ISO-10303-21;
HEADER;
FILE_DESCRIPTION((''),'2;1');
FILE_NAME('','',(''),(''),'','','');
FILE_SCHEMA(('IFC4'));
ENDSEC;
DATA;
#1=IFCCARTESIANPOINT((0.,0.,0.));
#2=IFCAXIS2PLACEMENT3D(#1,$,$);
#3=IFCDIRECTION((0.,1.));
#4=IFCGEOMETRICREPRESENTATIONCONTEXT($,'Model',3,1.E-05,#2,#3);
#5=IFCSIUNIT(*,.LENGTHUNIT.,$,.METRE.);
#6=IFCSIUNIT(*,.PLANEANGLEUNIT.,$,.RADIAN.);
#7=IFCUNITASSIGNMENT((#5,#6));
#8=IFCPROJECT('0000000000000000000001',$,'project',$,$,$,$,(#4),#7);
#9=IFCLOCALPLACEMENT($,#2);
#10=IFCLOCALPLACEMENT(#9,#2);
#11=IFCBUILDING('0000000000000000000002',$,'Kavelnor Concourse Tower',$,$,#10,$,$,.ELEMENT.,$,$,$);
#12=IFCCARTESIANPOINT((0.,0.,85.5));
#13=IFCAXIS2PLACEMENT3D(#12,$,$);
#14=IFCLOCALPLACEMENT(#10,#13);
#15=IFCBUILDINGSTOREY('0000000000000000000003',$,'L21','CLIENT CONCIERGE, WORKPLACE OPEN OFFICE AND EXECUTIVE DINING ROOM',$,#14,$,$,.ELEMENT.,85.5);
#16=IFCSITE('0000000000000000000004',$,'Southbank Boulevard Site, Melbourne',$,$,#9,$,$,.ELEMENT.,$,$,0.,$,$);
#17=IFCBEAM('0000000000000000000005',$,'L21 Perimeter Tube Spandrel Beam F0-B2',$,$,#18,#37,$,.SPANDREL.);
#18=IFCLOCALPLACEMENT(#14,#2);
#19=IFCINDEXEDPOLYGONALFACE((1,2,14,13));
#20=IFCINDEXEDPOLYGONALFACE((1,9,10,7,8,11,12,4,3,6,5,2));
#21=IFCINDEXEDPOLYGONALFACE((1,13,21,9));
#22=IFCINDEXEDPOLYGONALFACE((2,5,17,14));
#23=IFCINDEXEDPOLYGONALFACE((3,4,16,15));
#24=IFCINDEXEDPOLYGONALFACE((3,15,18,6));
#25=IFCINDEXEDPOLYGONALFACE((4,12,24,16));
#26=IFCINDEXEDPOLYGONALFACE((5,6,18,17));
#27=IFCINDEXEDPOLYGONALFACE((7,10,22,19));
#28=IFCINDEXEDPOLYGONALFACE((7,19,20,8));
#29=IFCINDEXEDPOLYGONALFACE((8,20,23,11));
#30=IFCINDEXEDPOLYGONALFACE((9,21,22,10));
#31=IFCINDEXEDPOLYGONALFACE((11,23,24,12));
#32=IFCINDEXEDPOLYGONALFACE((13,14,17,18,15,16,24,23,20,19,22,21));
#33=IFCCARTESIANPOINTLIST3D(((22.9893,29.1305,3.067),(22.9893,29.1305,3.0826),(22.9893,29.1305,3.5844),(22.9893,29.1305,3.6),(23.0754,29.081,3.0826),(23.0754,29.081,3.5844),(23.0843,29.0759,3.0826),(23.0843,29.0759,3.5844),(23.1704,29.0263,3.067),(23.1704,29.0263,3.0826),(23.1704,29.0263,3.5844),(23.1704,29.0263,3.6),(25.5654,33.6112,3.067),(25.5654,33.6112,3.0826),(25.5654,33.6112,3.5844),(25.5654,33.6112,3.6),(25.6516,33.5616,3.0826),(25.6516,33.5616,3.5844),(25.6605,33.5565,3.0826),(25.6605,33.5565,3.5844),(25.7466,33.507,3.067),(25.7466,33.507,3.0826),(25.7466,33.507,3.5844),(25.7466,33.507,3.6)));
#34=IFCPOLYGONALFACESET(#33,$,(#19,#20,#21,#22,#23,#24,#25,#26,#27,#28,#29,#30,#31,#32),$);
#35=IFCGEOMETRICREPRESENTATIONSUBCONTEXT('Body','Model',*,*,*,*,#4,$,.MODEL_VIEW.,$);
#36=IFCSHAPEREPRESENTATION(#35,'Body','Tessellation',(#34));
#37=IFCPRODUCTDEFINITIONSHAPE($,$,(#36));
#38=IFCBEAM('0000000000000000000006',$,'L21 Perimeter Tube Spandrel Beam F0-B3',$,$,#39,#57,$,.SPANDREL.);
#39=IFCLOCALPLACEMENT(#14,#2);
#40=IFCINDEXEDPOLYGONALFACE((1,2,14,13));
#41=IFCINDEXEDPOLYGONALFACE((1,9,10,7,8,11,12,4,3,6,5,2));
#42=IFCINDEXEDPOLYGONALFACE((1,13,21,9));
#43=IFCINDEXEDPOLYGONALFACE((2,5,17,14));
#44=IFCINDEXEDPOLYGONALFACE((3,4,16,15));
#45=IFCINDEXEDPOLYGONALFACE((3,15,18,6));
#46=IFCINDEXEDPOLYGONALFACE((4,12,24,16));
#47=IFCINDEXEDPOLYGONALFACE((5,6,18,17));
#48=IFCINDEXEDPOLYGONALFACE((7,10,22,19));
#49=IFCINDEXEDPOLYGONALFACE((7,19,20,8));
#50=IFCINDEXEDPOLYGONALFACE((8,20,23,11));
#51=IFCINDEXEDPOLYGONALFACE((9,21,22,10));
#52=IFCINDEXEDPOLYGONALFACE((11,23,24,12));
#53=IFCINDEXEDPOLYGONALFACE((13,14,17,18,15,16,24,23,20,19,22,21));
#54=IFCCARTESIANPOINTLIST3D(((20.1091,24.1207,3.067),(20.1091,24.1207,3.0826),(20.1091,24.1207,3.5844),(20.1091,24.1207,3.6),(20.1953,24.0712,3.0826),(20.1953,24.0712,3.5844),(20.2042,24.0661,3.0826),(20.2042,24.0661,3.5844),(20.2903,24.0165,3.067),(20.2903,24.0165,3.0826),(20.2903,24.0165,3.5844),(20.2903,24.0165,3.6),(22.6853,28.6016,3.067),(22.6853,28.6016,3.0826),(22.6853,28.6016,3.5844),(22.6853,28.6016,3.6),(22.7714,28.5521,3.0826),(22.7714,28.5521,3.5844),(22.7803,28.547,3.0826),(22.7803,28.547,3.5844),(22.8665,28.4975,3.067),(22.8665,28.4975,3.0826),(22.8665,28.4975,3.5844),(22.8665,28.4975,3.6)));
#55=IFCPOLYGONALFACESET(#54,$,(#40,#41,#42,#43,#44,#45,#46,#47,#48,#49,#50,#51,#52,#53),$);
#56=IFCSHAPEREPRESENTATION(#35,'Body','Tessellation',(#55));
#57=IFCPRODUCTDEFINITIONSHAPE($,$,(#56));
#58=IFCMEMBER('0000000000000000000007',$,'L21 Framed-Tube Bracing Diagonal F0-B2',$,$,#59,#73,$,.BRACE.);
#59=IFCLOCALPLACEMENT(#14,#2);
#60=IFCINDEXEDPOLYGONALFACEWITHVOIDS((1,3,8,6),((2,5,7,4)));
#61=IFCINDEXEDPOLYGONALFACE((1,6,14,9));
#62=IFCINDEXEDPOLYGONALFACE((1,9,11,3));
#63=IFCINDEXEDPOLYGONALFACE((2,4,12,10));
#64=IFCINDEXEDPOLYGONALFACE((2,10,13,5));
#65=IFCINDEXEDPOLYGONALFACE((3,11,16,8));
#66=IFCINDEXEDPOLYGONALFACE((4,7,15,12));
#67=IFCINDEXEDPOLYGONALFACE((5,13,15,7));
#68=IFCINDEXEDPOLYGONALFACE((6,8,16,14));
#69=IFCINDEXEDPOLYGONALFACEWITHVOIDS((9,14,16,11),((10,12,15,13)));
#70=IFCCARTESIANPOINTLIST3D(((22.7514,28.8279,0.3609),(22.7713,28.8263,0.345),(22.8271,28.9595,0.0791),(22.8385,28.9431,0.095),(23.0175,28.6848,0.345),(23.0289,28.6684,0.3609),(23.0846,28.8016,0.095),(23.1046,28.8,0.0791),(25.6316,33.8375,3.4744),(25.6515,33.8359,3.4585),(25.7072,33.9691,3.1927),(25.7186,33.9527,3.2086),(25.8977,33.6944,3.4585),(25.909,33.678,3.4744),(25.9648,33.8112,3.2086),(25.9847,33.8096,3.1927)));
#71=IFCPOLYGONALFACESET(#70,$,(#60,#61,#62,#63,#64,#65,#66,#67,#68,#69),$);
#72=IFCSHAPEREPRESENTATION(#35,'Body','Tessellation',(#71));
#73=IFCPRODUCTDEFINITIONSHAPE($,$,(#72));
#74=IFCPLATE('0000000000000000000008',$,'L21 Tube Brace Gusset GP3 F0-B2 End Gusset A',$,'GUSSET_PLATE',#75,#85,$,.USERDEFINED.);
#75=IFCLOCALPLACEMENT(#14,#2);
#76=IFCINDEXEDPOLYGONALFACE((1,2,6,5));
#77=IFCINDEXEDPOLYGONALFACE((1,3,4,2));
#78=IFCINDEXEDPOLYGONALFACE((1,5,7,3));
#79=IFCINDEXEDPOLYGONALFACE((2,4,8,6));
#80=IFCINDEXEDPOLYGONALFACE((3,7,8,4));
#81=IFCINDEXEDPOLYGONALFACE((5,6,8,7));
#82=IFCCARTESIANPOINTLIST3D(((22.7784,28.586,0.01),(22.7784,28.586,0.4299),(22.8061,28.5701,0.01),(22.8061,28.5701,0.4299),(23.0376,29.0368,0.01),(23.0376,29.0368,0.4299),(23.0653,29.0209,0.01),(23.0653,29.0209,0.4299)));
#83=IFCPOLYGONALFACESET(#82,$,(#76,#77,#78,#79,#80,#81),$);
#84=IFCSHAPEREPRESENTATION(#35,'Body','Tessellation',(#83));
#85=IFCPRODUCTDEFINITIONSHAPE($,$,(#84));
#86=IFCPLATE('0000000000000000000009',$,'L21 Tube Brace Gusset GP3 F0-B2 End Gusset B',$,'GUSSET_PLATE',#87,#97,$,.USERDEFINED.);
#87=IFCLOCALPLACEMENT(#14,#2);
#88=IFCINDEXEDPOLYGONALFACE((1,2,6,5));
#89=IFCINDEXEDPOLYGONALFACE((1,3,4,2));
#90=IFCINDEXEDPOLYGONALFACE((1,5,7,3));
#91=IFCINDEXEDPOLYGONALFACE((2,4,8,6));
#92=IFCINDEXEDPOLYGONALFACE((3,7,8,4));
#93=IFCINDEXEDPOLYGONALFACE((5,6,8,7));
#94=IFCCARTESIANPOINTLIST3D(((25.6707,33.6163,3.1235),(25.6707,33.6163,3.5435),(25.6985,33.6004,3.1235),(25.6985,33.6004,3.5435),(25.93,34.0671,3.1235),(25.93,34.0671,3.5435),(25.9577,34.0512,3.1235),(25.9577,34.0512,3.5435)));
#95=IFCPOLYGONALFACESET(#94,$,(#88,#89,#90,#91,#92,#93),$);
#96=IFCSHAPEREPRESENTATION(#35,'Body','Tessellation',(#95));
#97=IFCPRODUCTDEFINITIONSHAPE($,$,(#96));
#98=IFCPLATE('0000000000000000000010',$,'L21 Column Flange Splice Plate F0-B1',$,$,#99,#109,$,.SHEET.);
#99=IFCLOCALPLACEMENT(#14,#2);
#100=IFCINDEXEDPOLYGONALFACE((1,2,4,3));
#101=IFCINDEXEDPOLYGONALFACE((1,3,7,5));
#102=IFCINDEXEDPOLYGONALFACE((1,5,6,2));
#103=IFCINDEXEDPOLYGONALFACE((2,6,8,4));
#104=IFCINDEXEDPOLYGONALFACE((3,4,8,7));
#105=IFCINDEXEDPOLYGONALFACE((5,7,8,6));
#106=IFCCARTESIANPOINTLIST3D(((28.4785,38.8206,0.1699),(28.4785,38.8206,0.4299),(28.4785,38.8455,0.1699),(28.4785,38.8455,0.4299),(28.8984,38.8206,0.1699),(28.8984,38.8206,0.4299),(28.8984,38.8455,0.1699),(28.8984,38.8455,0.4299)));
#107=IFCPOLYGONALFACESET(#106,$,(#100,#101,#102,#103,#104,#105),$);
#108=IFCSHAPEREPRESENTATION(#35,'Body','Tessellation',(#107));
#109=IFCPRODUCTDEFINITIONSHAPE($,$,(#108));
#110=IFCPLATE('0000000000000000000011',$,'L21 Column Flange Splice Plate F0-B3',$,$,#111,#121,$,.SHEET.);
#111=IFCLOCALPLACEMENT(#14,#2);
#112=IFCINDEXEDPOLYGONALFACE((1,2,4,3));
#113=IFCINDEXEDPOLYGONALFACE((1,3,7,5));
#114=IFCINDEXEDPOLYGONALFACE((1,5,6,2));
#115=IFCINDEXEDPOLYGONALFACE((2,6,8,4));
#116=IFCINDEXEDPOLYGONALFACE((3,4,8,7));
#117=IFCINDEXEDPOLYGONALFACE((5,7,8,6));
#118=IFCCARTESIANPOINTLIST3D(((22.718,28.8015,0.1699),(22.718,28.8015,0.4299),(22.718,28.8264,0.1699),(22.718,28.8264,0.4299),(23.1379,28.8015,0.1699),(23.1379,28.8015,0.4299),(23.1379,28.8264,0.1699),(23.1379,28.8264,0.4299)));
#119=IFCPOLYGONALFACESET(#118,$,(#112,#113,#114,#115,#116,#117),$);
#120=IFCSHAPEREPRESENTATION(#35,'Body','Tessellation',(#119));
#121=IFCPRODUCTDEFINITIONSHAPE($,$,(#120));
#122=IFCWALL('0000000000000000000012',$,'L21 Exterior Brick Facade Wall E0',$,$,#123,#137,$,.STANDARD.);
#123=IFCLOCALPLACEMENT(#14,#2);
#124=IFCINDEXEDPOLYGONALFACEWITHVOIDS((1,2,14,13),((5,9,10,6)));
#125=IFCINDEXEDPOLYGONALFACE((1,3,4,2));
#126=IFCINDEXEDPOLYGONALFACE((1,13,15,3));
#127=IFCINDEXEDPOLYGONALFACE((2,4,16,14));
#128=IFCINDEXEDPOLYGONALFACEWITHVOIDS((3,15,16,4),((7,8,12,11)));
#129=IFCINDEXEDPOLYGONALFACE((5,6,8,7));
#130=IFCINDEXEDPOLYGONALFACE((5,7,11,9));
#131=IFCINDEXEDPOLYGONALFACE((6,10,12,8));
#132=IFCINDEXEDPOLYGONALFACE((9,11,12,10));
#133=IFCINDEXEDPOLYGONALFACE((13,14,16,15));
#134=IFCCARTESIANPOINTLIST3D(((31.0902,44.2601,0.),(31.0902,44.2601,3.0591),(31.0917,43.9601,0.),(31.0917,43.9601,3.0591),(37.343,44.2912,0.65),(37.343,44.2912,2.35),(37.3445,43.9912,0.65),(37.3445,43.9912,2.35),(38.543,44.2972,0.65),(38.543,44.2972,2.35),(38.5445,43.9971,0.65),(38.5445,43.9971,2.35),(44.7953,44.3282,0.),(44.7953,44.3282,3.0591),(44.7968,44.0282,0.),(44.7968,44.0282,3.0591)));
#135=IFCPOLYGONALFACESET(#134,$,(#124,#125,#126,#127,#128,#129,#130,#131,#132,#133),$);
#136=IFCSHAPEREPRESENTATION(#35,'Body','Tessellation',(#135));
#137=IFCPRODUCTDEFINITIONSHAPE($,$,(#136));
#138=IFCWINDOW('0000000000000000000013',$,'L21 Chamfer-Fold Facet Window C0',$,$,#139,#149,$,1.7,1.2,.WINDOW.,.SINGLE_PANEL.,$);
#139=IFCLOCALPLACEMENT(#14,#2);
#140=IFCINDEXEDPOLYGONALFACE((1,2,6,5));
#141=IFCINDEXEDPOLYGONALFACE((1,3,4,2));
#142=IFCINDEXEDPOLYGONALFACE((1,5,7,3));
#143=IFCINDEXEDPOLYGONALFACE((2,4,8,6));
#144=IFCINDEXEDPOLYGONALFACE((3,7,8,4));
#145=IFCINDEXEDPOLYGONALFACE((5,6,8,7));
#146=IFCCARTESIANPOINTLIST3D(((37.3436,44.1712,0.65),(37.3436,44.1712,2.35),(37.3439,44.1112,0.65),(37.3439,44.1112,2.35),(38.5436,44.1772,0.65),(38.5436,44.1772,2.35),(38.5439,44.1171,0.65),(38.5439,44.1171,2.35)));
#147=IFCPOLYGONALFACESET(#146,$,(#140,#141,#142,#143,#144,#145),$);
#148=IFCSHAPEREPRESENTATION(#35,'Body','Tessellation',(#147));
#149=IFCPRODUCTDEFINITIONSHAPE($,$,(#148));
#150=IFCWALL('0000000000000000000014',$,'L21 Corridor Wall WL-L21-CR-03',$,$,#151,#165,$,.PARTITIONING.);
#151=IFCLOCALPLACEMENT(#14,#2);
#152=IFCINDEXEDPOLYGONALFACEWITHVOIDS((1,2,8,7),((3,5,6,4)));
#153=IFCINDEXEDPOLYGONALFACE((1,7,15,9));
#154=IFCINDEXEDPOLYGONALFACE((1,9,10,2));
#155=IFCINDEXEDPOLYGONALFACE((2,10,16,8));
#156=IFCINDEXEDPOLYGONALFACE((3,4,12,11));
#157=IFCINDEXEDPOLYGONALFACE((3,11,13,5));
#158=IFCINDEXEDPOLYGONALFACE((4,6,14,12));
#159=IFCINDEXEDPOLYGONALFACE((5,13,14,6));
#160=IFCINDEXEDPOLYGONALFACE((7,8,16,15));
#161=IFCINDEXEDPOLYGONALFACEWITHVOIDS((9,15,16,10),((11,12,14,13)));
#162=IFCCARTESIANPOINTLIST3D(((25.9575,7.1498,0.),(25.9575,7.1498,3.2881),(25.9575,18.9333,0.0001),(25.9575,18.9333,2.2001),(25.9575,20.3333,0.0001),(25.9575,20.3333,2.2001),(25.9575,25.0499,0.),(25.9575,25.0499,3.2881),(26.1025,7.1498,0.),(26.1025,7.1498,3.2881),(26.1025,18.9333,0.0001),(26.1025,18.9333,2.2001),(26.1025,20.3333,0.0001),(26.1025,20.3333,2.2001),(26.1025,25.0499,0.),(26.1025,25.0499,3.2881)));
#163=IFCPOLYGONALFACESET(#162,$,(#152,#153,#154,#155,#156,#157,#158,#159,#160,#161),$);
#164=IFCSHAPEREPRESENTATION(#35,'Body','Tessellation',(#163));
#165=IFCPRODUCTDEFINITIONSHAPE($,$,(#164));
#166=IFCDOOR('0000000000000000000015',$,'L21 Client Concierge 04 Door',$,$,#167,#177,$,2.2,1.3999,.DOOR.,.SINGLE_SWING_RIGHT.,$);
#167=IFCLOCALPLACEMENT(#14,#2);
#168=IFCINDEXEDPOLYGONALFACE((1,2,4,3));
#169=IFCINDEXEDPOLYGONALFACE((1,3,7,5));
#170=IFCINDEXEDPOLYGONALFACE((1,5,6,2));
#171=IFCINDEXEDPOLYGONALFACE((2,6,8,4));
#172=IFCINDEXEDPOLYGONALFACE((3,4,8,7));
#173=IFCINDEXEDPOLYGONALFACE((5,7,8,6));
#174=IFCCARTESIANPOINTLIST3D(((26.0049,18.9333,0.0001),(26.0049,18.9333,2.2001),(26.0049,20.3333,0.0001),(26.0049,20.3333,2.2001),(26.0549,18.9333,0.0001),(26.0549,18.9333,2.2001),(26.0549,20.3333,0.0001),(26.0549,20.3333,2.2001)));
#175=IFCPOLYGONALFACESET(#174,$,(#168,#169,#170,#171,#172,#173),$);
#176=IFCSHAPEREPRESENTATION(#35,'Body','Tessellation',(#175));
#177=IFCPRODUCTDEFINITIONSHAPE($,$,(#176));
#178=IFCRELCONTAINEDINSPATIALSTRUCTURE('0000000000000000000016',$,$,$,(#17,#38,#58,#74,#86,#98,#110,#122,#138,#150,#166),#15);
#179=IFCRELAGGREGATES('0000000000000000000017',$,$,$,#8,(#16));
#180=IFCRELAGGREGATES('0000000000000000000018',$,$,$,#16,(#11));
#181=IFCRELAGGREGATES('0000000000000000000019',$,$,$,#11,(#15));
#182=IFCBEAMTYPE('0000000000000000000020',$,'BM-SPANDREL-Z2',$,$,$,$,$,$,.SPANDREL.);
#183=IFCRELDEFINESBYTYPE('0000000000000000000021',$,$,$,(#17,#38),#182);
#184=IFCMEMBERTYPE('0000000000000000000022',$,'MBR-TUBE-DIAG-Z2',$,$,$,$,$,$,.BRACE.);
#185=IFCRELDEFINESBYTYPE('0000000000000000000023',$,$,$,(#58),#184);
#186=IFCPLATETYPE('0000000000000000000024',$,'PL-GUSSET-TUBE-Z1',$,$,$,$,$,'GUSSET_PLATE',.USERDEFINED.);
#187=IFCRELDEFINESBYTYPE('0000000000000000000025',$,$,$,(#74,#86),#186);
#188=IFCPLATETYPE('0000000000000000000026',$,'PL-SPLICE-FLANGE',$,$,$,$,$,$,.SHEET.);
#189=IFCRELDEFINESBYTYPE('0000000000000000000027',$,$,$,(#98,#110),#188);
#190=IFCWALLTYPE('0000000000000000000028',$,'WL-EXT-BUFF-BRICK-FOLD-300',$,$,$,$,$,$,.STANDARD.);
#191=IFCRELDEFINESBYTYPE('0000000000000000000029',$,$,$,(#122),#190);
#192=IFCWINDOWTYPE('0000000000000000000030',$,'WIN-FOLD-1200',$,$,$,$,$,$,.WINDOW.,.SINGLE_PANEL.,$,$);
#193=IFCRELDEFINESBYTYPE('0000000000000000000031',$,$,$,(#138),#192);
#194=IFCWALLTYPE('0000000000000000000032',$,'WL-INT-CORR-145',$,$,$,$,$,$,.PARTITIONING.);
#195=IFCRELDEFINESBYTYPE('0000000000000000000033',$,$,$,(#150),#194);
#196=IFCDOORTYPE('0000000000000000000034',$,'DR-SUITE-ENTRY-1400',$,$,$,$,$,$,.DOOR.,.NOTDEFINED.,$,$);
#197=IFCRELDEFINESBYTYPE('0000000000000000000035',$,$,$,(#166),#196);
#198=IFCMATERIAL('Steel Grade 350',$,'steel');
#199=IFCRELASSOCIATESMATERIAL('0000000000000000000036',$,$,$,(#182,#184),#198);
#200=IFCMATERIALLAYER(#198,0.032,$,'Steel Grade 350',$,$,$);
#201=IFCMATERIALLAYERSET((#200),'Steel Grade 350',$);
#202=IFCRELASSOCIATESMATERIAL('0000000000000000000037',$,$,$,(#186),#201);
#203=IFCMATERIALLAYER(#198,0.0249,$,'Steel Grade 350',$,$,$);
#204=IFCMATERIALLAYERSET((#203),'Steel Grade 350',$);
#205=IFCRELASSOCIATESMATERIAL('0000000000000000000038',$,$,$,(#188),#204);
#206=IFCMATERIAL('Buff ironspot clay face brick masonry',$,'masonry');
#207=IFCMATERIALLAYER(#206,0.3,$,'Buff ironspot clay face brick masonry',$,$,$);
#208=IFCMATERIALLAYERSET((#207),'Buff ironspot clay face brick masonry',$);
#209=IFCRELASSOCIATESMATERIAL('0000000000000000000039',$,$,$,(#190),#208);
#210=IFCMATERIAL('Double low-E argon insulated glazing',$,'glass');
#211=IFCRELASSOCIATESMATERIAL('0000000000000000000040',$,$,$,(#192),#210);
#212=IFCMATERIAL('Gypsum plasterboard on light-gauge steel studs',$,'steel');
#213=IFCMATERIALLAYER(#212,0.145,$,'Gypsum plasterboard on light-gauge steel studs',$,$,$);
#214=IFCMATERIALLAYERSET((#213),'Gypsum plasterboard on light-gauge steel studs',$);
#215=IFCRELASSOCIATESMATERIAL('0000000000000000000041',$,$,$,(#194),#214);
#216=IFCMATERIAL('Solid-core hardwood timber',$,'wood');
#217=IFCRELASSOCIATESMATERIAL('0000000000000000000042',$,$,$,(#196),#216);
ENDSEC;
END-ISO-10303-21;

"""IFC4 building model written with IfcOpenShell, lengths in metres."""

from ifc_helpers import new_model, si_unit, direction, frame, frame_2d, origin, origin_2d, place, context, subcontext, project, spatial, rectangle, hollow_rectangle, i_section, extrude, material, layer, layer_set, material_profile, profile_set, type_object, element, fill, save


model = new_model("IFC4")

# Units and contexts
model_context = context("Model", 3, precision=1e-05, world=origin(), true_north=direction((0.0, 1.0)))
body_context = subcontext(model_context, "Body", "Model", "MODEL_VIEW")
ifc_project = project(units=[si_unit("LENGTHUNIT", "METRE"), si_unit("PLANEANGLEUNIT", "RADIAN")], contexts=[model_context])

# Site, building, storey
site_placement = place(None, origin())
site = spatial("IfcSite", under=ifc_project, at=site_placement, Name="Southbank Boulevard Site, Melbourne", CompositionType="ELEMENT", RefElevation=0.0)
building_placement = place(site_placement, origin())
building = spatial("IfcBuilding", under=site, at=building_placement, Name="Kavelnor Concourse Tower", CompositionType="ELEMENT")
storey_placement = place(building_placement, frame((0.0, 0.0, 85.5)))
storey = spatial("IfcBuildingStorey", under=building, at=storey_placement, Name="L21", Description="CLIENT CONCIERGE, WORKPLACE OPEN OFFICE AND EXECUTIVE DINING ROOM", CompositionType="ELEMENT", Elevation=85.5)

# Shared definitions
ifc_material_1 = material(Name="Steel Grade 350", Category="steel")

# Beams
ifc_material_profile_1 = material_profile(ifc_material_1, i_section(OverallWidth=0.209, OverallDepth=0.533, WebThickness=0.0103, FlangeThickness=0.0156, at=origin_2d()), Name="530UB92")
ifc_profile_set_1 = profile_set([ifc_material_profile_1], Name="Steel Grade 350")
beam_type_1 = type_object("IfcBeamType", Name="BM-SPANDREL-Z2", PredefinedType="SPANDREL", material=ifc_profile_set_1)
for number, where, z_axis, x_axis, name in (
    (1, (25.656, 33.5591, 3.3335), (-0.498437, -0.866926, 0.0), (0.866926, -0.498437, 0.0), "L21 Perimeter Tube Spandrel Beam F0-B2"),
):
    element("IfcBeam", number, at=place(storey_placement, frame(where, z_axis=z_axis, x_axis=x_axis)), inside=storey, type_object=beam_type_1, Name=name, PredefinedType="SPANDREL", context=body_context, shape_type="SweptSolid", body=[
        extrude(i_section(OverallWidth=0.209, OverallDepth=0.533, WebThickness=0.0103, FlangeThickness=0.0156, at=origin_2d()), origin(), (0.0, 0.0, 1.0), 5.1685),
    ])
beam_1_placement = place(storey_placement, frame((22.7759, 28.5496, 3.3335), z_axis=(-0.498416, -0.866938, 0.0), x_axis=(0.866938, -0.498416, 0.0)))
element("IfcBeam", 2, at=beam_1_placement, inside=storey, type_object=beam_type_1, Name="L21 Perimeter Tube Spandrel Beam F0-B3", PredefinedType="SPANDREL", context=body_context, shape_type="SweptSolid", body=[
    extrude(i_section(OverallWidth=0.209, OverallDepth=0.533, WebThickness=0.0103, FlangeThickness=0.0156, at=origin_2d()), origin(), (0.0, 0.0, 1.0), 5.1687),
])

# Member
ifc_material_profile_2 = material_profile(ifc_material_1, hollow_rectangle(XDim=0.3201, YDim=0.3201, WallThickness=0.0181, at=origin_2d()), Name="SHS 320x320x18")
ifc_profile_set_2 = profile_set([ifc_material_profile_2], Name="Steel Grade 350")
member_type = type_object("IfcMemberType", Name="MBR-TUBE-DIAG-Z2", PredefinedType="BRACE", material=ifc_profile_set_2)
member_placement = place(storey_placement, frame((22.928, 28.814, 0.22), z_axis=(0.438784, 0.763196, 0.474342), x_axis=(-0.866932, 0.498426, 0.0)))
element("IfcMember", 3, at=member_placement, inside=storey, type_object=member_type, Name="L21 Framed-Tube Bracing Diagonal F0-B2", PredefinedType="BRACE", context=body_context, shape_type="SweptSolid", body=[
    extrude(hollow_rectangle(XDim=0.3201, YDim=0.3201, WallThickness=0.0181, at=origin_2d()), origin(), (0.0, 0.0, 1.0), 6.564),
])

# Plates
ifc_layer_1 = layer(ifc_material_1, 0.032, Name="Steel Grade 350")
ifc_layer_set_1 = layer_set([ifc_layer_1], Name="Steel Grade 350")
plate_type_1 = type_object("IfcPlateType", Name="PL-GUSSET-TUBE-Z1", ElementType="GUSSET_PLATE", PredefinedType="USERDEFINED", material=ifc_layer_set_1)
for number, where, z_axis, x_axis, name in (
    (4, (22.9219, 28.8035, 0.01), (0.0, 0.0, 1.0), (0.498488, 0.866897, 0.0), "L21 Tube Brace Gusset GP3 F0-B2 End Gusset A"),
    (5, (25.8142, 33.8337, 3.1235), (0.0, 0.0, 1.0), (0.498488, 0.866897, 0.0), "L21 Tube Brace Gusset GP3 F0-B2 End Gusset B"),
):
    element("IfcPlate", number, at=place(storey_placement, frame(where, z_axis=z_axis, x_axis=x_axis)), inside=storey, type_object=plate_type_1, Name=name, ObjectType="GUSSET_PLATE", PredefinedType="USERDEFINED", context=body_context, shape_type="SweptSolid", body=[
        extrude(rectangle(XDim=0.52, YDim=0.032, at=origin_2d()), origin(), (0.0, 0.0, 1.0), 0.4199),
    ])
ifc_layer_2 = layer(ifc_material_1, 0.0249, Name="Steel Grade 350")
ifc_layer_set_2 = layer_set([ifc_layer_2], Name="Steel Grade 350")
plate_type_2 = type_object("IfcPlateType", Name="PL-SPLICE-FLANGE", PredefinedType="SHEET", material=ifc_layer_set_2)
for number, where, z_axis, x_axis, name in (
    (6, (28.6885, 38.833, 0.1699), (0.0, 0.0, 1.0), (1.0, 0.0, 0.0), "L21 Column Flange Splice Plate F0-B1"),
    (7, (22.928, 28.814, 0.1699), (0.0, 0.0, 1.0), (1.0, 0.0, 0.0), "L21 Column Flange Splice Plate F0-B3"),
):
    element("IfcPlate", number, at=place(storey_placement, frame(where, z_axis=z_axis, x_axis=x_axis)), inside=storey, type_object=plate_type_2, Name=name, PredefinedType="SHEET", context=body_context, shape_type="SweptSolid", body=[
        extrude(rectangle(XDim=0.4199, YDim=0.0249, at=origin_2d()), origin(), (0.0, 0.0, 1.0), 0.26),
    ])

# Wall, opening, window
ifc_material_2 = material(Name="Buff ironspot clay face brick masonry", Category="masonry")
ifc_layer_3 = layer(ifc_material_2, 0.3, Name="Buff ironspot clay face brick masonry")
ifc_layer_set_3 = layer_set([ifc_layer_3], Name="Buff ironspot clay face brick masonry")
wall_type_1 = type_object("IfcWallType", Name="WL-EXT-BUFF-BRICK-FOLD-300", PredefinedType="STANDARD", material=ifc_layer_set_3)
wall_1_placement = place(storey_placement, frame((31.0911, 44.1101, 0.0), z_axis=(0.0, 0.0, 1.0), x_axis=(0.999988, 0.00497, 0.0)))
wall_1 = element("IfcWall", 8, at=wall_1_placement, inside=storey, type_object=wall_type_1, Name="L21 Exterior Brick Facade Wall E0", PredefinedType="STANDARD", context=body_context, shape_type="SweptSolid", body=[
    extrude(rectangle(XDim=13.7053, YDim=0.3, at=frame_2d((6.8525, 0.0))), origin(), (0.0, 0.0, 1.0), 3.0591),
])
opening_1_placement = place(wall_1_placement, frame((6.2527, 0.0, 0.6499)))
opening_1 = element("IfcOpeningElement", 9, at=opening_1_placement, cuts=wall_1, PredefinedType="OPENING", context=body_context, shape_type="SweptSolid", body=[
    extrude(rectangle(XDim=1.2, YDim=1.7, at=frame_2d((0.6001, 0.8501))), frame((0.0, 0.1602, 0.0), z_axis=(0.0, -1.0, 0.0), x_axis=(1.0, 0.0, 0.0)), (0.0, 0.0, 1.0), 0.3201),
])
ifc_material_3 = material(Name="Double low-E argon insulated glazing", Category="glass")
window_type = type_object("IfcWindowType", Name="WIN-FOLD-1200", PartitioningType="SINGLE_PANEL", PredefinedType="WINDOW", material=ifc_material_3)
window_placement = place(opening_1_placement, origin())
window = element("IfcWindow", 10, at=window_placement, inside=storey, type_object=window_type, Name="L21 Chamfer-Fold Facet Window C0", OverallHeight=1.7, OverallWidth=1.2, PartitioningType="SINGLE_PANEL", PredefinedType="WINDOW", context=body_context, shape_type="SweptSolid", body=[
    extrude(rectangle(XDim=1.2, YDim=1.7, at=frame_2d((0.6001, 0.8501))), frame((0.0, 0.03, 0.0), z_axis=(0.0, -1.0, 0.0), x_axis=(1.0, 0.0, 0.0)), (0.0, 0.0, 1.0), 0.0601),
])
fill(opening_1, window)

# Wall, opening, door
ifc_material_4 = material(Name="Gypsum plasterboard on light-gauge steel studs", Category="steel")
ifc_layer_4 = layer(ifc_material_4, 0.145, Name="Gypsum plasterboard on light-gauge steel studs")
ifc_layer_set_4 = layer_set([ifc_layer_4], Name="Gypsum plasterboard on light-gauge steel studs")
wall_type_2 = type_object("IfcWallType", Name="WL-INT-CORR-145", PredefinedType="PARTITIONING", material=ifc_layer_set_4)
wall_2_placement = place(storey_placement, frame((26.03, 25.05, 0.0), z_axis=(0.0, 0.0, 1.0), x_axis=(0.0, -1.0, 0.0)))
wall_2 = element("IfcWall", 11, at=wall_2_placement, inside=storey, type_object=wall_type_2, Name="L21 Corridor Wall WL-L21-CR-03", PredefinedType="PARTITIONING", context=body_context, shape_type="SweptSolid", body=[
    extrude(rectangle(XDim=17.9001, YDim=0.145, at=frame_2d((8.9502, 0.0))), origin(), (0.0, 0.0, 1.0), 3.2881),
])
opening_2_placement = place(wall_2_placement, frame((4.7168, 0.0, 0.0)))
opening_2 = element("IfcOpeningElement", 12, at=opening_2_placement, cuts=wall_2, PredefinedType="OPENING", context=body_context, shape_type="SweptSolid", body=[
    extrude(rectangle(XDim=1.3999, YDim=2.2, at=frame_2d((0.7, 1.1001))), frame((0.0, 0.0825, 0.0), z_axis=(0.0, -1.0, 0.0), x_axis=(1.0, 0.0, 0.0)), (0.0, 0.0, 1.0), 0.165),
])
ifc_material_5 = material(Name="Solid-core hardwood timber", Category="wood")
door_type = type_object("IfcDoorType", Name="DR-SUITE-ENTRY-1400", OperationType="NOTDEFINED", PredefinedType="DOOR", material=ifc_material_5)
door_placement = place(opening_2_placement, origin())
door = element("IfcDoor", 13, at=door_placement, inside=storey, type_object=door_type, Name="L21 Client Concierge 04 Door", OperationType="SINGLE_SWING_RIGHT", OverallHeight=2.2, OverallWidth=1.3999, PredefinedType="DOOR", context=body_context, shape_type="SweptSolid", body=[
    extrude(rectangle(XDim=1.3999, YDim=2.2, at=frame_2d((0.7, 1.1001))), frame((0.0, 0.0249, 0.0), z_axis=(0.0, -1.0, 0.0), x_axis=(1.0, 0.0, 0.0)), (0.0, 0.0, 1.0), 0.05),
])
fill(opening_2, door)

save(model, "model.ifc")
